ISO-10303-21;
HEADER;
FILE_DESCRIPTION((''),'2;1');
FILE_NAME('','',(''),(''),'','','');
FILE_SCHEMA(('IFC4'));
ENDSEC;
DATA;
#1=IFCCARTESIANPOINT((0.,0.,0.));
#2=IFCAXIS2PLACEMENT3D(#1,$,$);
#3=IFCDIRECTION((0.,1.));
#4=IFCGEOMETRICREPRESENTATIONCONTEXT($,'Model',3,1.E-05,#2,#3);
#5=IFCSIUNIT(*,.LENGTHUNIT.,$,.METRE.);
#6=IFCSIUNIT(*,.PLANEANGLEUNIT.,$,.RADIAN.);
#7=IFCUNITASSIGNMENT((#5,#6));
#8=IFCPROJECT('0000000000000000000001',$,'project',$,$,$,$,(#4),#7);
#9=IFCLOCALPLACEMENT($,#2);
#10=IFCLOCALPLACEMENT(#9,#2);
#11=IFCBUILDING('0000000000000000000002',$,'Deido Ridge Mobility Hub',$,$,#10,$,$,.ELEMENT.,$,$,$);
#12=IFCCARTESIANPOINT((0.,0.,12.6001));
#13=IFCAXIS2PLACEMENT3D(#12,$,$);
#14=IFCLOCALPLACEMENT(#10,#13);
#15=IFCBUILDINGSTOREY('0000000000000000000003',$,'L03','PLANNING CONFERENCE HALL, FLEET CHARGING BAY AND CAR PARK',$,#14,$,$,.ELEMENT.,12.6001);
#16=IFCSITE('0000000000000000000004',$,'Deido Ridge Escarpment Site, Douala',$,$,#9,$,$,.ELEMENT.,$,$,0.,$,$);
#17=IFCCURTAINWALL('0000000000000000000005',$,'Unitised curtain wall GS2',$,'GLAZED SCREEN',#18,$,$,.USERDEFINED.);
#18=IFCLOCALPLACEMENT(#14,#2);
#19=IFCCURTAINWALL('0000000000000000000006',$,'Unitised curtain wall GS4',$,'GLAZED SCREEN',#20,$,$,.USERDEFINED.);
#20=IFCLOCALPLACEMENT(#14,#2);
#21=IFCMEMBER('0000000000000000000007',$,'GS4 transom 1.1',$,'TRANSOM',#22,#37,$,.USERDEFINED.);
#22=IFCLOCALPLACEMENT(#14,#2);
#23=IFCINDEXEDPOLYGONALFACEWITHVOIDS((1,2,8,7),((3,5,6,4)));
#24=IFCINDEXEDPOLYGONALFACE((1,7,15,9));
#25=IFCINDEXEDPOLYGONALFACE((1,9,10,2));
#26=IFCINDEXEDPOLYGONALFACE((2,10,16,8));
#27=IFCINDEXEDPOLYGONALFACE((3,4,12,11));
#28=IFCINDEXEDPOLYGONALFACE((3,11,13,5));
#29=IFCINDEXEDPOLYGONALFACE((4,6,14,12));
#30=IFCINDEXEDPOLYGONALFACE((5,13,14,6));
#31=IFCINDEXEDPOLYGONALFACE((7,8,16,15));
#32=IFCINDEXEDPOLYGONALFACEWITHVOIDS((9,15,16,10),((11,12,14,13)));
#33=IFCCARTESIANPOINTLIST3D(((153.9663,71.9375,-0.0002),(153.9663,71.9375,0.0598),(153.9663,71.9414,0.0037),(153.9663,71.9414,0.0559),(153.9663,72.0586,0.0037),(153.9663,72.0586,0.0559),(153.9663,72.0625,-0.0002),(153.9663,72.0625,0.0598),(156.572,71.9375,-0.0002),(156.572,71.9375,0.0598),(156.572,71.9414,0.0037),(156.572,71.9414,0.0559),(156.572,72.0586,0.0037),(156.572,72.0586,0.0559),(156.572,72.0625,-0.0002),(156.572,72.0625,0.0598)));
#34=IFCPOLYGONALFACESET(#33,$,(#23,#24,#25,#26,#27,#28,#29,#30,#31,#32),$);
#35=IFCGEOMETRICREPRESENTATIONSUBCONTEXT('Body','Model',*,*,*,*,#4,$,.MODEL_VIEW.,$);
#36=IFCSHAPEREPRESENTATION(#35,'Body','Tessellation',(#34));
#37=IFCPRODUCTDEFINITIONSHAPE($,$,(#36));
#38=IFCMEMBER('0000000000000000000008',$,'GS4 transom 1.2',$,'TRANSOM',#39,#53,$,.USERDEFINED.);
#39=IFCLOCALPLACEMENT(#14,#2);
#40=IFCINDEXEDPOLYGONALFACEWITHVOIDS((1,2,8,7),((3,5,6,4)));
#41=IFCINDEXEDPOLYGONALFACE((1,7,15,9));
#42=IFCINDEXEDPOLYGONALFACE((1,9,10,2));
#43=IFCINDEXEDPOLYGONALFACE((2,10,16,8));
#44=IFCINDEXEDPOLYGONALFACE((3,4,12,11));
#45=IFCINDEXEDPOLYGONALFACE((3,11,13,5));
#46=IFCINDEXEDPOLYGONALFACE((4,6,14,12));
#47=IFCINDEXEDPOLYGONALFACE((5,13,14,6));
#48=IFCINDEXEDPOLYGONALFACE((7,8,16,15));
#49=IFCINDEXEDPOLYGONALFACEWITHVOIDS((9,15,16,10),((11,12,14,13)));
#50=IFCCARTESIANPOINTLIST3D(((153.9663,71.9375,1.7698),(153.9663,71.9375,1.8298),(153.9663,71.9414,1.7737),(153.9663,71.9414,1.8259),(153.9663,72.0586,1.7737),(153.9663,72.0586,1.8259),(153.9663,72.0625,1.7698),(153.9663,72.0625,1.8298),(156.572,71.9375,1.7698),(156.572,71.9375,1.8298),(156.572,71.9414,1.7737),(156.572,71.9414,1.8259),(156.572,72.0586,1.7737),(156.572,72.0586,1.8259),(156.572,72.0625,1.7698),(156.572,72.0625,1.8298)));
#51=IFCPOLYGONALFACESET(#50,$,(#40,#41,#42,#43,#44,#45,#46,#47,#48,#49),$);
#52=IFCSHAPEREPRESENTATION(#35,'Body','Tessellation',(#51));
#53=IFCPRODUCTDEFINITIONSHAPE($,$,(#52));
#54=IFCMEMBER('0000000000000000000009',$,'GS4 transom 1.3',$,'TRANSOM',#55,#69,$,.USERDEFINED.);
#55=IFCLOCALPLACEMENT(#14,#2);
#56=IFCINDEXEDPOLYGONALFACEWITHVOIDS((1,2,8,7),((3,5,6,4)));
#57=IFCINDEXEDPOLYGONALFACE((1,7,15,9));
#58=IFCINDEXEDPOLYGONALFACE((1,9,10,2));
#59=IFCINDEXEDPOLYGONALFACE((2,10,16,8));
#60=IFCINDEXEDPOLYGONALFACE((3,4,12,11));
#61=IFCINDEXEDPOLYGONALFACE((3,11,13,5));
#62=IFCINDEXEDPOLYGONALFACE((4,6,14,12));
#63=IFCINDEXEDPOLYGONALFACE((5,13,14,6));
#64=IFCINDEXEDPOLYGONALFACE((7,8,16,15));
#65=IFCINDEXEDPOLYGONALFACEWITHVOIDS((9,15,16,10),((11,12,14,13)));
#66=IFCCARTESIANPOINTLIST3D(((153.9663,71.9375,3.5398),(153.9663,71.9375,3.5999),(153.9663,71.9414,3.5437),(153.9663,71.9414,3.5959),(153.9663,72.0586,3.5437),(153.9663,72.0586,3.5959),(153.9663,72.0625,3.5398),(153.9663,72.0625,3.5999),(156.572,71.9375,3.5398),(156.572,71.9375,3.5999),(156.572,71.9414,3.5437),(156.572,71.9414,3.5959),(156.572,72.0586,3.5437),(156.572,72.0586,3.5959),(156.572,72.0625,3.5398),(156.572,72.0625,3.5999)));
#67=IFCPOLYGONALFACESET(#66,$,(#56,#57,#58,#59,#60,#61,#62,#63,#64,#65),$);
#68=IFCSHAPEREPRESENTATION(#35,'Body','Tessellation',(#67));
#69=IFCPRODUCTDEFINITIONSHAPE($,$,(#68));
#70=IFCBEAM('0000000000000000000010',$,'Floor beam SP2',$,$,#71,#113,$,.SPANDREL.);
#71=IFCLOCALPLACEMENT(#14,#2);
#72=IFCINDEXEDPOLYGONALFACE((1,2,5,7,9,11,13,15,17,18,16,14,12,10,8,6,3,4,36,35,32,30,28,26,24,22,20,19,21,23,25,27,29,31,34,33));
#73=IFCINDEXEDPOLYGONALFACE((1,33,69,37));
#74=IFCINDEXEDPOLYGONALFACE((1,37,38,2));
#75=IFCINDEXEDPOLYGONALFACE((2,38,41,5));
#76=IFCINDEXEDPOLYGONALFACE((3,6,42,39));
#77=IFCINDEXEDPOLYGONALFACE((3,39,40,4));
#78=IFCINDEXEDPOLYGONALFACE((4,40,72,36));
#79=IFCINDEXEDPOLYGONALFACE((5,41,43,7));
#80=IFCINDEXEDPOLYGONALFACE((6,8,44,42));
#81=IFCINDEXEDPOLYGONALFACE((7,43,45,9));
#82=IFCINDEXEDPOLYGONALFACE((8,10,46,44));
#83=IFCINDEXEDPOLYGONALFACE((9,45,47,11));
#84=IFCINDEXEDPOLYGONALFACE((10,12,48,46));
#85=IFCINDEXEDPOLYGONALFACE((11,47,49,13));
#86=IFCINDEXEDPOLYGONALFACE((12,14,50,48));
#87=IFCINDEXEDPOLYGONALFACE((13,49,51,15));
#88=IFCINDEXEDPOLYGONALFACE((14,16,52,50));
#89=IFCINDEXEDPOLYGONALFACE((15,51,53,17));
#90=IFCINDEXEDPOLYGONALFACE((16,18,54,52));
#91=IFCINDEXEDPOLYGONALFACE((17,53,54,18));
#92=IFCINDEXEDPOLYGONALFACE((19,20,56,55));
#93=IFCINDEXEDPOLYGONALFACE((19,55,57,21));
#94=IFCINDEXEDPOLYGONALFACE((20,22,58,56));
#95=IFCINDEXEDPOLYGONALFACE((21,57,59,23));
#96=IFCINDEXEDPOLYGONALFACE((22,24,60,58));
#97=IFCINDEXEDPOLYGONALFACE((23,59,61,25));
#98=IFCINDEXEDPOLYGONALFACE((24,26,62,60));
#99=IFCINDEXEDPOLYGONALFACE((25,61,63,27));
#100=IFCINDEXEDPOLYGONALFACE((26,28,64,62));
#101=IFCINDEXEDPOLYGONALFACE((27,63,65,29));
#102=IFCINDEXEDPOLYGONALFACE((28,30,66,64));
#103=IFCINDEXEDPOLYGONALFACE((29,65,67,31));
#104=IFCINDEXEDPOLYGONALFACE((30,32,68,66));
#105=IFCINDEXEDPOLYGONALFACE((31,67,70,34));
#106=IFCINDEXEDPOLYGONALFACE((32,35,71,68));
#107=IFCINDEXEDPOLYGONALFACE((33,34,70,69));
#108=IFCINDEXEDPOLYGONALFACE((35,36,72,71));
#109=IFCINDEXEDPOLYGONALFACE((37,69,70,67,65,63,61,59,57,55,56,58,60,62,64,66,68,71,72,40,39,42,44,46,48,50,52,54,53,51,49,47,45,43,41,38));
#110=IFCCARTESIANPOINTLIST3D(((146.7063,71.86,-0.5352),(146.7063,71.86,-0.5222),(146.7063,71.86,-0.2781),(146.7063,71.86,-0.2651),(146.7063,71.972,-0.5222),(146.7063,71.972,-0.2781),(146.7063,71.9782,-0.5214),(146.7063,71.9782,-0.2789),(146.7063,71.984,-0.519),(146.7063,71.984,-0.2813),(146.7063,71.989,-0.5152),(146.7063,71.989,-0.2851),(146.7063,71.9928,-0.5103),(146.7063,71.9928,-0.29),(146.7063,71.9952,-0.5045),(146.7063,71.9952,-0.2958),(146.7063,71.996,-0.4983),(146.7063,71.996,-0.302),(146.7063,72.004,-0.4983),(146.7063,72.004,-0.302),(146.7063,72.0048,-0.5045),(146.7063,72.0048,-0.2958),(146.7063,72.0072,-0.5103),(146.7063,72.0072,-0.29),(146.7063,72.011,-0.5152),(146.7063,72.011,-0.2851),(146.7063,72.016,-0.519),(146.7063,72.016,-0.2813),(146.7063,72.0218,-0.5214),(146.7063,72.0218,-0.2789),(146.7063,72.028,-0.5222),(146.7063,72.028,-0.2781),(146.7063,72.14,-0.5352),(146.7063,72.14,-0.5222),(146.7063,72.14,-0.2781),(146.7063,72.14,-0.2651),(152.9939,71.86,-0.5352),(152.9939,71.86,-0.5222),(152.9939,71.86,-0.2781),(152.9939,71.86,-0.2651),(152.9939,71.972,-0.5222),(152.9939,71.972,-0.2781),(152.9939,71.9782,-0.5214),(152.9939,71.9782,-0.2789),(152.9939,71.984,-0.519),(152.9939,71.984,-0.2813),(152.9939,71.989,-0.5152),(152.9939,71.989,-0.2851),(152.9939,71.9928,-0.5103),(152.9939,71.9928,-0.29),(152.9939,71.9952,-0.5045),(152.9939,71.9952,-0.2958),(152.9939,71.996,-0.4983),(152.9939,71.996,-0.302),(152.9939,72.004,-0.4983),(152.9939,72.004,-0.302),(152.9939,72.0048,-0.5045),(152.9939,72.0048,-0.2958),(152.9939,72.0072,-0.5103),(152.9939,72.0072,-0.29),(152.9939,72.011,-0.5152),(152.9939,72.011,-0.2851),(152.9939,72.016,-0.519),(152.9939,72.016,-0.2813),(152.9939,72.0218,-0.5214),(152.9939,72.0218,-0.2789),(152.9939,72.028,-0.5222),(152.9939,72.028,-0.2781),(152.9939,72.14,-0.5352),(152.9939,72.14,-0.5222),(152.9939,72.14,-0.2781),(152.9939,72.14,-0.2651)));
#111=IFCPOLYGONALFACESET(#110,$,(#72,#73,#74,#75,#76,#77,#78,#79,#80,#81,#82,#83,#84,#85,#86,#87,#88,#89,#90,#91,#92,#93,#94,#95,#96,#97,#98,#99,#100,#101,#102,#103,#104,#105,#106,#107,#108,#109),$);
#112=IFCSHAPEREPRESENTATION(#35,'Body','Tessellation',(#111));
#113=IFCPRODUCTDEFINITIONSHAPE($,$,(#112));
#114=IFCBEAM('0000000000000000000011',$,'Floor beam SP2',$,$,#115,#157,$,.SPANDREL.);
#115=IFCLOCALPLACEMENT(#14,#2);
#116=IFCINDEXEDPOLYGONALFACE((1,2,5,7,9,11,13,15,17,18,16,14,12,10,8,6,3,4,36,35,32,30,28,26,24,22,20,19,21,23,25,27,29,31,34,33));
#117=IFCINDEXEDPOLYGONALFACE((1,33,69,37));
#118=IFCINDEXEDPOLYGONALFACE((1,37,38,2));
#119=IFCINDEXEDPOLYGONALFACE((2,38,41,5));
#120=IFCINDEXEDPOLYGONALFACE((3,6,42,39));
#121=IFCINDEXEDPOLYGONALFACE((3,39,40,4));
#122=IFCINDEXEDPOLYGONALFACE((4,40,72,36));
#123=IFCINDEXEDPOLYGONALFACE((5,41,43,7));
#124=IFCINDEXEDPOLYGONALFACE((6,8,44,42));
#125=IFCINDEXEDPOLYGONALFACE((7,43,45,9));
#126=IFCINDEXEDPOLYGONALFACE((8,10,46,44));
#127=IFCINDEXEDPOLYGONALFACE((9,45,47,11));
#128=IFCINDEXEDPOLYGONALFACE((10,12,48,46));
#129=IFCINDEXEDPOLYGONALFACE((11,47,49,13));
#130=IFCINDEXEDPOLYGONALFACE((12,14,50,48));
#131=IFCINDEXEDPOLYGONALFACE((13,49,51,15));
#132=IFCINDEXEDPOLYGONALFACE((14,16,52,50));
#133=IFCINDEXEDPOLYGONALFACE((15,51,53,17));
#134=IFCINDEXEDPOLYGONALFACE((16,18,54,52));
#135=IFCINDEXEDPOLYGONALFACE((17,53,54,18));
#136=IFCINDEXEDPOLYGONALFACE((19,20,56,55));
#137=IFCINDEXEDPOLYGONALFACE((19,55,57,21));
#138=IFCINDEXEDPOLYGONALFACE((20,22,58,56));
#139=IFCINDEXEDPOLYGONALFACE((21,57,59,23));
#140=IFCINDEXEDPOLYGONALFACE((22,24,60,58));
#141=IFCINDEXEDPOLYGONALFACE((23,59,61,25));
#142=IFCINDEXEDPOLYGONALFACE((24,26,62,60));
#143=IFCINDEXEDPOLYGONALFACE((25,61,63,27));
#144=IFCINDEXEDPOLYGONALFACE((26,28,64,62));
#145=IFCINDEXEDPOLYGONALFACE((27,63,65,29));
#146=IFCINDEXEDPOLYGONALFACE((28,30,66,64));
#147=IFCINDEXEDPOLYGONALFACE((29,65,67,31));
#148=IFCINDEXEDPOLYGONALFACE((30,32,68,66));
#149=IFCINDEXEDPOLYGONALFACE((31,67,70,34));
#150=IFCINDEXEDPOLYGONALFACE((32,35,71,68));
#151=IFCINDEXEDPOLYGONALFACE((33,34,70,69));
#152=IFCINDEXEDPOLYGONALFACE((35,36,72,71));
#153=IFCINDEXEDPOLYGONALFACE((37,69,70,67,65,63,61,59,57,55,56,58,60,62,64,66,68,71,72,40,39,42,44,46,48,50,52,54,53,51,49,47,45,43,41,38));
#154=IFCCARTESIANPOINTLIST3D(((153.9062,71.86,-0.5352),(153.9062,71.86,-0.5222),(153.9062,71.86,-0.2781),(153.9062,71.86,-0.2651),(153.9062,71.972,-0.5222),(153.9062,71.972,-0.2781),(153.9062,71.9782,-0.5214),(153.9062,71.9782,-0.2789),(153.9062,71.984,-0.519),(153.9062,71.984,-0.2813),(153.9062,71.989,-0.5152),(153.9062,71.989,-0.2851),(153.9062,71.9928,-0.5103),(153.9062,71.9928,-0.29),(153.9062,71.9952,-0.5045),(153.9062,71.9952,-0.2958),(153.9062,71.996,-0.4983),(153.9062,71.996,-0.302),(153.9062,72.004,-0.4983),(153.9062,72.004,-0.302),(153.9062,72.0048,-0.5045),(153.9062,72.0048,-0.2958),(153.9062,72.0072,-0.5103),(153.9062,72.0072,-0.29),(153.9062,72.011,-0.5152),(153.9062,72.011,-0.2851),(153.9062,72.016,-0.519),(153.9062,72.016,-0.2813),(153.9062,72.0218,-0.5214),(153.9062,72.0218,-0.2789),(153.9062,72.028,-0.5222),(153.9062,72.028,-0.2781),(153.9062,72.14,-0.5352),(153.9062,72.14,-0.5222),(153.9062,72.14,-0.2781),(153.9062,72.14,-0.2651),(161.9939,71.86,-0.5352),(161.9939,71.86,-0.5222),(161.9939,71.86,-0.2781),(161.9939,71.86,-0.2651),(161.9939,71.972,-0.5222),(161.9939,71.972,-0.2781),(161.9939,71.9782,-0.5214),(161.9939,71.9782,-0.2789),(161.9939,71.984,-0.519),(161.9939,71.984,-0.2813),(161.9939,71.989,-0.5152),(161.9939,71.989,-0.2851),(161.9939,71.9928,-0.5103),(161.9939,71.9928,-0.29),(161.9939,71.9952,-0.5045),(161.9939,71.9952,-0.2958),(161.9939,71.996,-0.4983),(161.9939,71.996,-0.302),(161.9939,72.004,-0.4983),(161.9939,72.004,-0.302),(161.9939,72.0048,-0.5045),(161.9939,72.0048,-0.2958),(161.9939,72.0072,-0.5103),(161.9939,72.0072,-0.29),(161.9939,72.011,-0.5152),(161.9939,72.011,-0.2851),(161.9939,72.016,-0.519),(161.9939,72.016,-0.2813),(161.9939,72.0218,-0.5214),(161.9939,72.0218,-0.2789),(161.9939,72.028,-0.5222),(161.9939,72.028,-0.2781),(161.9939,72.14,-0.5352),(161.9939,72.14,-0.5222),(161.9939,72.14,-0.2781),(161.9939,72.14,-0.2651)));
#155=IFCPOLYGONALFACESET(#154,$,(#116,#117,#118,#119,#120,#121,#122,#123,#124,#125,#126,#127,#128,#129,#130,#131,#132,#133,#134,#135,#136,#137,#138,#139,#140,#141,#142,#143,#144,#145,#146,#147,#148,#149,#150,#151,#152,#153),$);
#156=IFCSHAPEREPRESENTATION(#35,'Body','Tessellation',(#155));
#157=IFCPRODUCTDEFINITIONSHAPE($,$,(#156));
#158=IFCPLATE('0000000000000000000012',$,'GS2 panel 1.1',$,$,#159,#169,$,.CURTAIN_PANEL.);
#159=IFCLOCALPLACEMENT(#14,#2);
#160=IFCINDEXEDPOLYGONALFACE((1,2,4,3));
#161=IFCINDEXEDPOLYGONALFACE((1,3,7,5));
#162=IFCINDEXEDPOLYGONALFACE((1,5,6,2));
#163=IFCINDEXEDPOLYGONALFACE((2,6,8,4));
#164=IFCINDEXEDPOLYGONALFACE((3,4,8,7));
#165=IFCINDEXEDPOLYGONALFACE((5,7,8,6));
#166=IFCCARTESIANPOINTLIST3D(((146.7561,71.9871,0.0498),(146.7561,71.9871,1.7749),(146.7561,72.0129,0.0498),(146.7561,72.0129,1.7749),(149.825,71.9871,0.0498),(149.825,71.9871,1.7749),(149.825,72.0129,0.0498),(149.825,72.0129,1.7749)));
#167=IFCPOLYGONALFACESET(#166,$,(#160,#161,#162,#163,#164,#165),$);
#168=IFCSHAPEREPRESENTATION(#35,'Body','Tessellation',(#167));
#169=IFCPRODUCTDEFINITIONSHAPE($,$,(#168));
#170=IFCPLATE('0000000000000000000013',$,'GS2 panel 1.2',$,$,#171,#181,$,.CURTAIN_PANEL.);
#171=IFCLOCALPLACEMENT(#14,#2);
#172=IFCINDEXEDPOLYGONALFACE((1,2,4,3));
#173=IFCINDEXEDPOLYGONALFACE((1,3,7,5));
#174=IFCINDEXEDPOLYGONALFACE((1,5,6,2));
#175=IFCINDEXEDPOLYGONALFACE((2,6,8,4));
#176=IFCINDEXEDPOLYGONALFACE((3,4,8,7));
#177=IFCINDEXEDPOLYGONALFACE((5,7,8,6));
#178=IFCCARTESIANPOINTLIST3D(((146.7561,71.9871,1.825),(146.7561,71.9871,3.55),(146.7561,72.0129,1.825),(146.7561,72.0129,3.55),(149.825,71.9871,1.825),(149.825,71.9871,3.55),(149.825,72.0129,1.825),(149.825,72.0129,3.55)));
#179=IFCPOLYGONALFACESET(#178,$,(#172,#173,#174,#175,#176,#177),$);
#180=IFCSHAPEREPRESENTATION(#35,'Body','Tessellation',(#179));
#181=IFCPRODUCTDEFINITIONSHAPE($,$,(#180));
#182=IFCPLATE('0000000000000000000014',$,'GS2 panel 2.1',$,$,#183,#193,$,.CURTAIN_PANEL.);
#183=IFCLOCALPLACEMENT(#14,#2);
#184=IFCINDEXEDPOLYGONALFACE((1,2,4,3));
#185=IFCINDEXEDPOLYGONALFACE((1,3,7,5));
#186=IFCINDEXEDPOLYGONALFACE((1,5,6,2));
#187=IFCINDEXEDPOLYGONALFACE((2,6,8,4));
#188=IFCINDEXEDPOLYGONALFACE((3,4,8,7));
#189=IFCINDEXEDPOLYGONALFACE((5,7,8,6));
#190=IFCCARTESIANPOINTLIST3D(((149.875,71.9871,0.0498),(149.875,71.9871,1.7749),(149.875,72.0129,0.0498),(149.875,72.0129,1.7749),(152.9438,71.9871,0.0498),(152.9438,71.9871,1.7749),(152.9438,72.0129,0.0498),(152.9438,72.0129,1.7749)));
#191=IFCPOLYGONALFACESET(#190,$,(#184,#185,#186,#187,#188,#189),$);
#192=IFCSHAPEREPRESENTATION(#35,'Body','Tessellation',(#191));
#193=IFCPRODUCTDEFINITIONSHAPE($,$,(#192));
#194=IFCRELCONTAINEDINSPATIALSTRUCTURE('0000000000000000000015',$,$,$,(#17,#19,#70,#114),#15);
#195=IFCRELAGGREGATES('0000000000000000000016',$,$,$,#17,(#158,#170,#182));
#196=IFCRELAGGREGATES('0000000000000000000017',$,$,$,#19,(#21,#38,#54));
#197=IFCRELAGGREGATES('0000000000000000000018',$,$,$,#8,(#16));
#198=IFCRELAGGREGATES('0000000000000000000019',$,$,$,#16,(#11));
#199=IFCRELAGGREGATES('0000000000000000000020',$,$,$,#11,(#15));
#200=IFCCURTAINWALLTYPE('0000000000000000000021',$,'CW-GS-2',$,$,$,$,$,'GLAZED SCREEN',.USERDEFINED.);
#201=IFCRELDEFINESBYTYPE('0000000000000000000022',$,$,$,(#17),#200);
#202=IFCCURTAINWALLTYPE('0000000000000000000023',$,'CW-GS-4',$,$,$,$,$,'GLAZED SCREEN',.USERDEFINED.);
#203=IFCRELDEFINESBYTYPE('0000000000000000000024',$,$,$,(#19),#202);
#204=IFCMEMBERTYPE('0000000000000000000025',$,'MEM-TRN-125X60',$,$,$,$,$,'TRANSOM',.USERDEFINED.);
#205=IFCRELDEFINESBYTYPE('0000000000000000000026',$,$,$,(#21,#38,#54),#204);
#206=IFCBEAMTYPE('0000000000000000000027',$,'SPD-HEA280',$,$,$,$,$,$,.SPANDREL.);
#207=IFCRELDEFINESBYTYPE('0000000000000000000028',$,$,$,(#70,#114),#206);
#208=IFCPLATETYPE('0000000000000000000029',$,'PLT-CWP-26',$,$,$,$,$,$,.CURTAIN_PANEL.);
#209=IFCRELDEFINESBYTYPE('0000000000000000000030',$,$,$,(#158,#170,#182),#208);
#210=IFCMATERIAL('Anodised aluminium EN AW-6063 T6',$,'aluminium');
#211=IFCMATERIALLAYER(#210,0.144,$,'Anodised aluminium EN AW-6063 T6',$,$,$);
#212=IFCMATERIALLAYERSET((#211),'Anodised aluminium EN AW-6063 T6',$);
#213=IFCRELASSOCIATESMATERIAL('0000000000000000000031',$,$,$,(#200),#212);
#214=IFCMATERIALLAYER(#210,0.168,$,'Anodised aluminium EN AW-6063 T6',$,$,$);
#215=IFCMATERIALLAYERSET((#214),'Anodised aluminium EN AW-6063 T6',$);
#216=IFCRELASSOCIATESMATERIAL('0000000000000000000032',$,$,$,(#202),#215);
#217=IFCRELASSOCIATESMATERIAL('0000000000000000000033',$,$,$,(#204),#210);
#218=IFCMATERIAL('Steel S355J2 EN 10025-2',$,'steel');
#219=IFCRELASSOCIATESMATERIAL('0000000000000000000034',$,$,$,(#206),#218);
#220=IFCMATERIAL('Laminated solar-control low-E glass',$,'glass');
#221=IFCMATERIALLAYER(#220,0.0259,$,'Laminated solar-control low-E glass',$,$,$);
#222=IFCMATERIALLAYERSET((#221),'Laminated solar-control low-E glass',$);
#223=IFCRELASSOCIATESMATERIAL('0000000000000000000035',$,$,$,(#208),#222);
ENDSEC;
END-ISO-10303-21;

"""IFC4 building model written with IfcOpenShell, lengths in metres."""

from ifc_helpers import new_model, si_unit, direction, frame, origin, origin_2d, place, context, subcontext, project, spatial, rectangle, hollow_rectangle, i_section, extrude, material, layer, layer_set, material_profile, profile_set, type_object, element, aggregate, save


model = new_model("IFC4")

# Units and contexts
model_context = context("Model", 3, precision=1e-05, world=origin(), true_north=direction((0.0, 1.0)))
body_context = subcontext(model_context, "Body", "Model", "MODEL_VIEW")
ifc_project = project(units=[si_unit("LENGTHUNIT", "METRE"), si_unit("PLANEANGLEUNIT", "RADIAN")], contexts=[model_context])

# Site, building, storey
site_placement = place(None, origin())
site = spatial("IfcSite", under=ifc_project, at=site_placement, Name="Deido Ridge Escarpment Site, Douala", CompositionType="ELEMENT", RefElevation=0.0)
building_placement = place(site_placement, origin())
building = spatial("IfcBuilding", under=site, at=building_placement, Name="Deido Ridge Mobility Hub", CompositionType="ELEMENT")
storey_placement = place(building_placement, frame((0.0, 0.0, 12.6001)))
storey = spatial("IfcBuildingStorey", under=building, at=storey_placement, Name="L03", Description="PLANNING CONFERENCE HALL, FLEET CHARGING BAY AND CAR PARK", CompositionType="ELEMENT", Elevation=12.6001)

# Shared definitions
ifc_material_1 = material(Name="Steel S355J2 EN 10025-2", Category="steel")

# Curtain wall
ifc_material_2 = material(Name="Anodised aluminium EN AW-6063 T6", Category="aluminium")
ifc_layer_1 = layer(ifc_material_2, 0.144, Name="Anodised aluminium EN AW-6063 T6")
ifc_layer_set_1 = layer_set([ifc_layer_1], Name="Anodised aluminium EN AW-6063 T6")
curtain_wall_type_1 = type_object("IfcCurtainWallType", Name="CW-GS-2", ElementType="GLAZED SCREEN", PredefinedType="USERDEFINED", material=ifc_layer_set_1)
curtain_wall_1_placement = place(storey_placement, origin())
curtain_wall_1 = element("IfcCurtainWall", 1, at=curtain_wall_1_placement, inside=storey, type_object=curtain_wall_type_1, Name="Unitised curtain wall GS2", ObjectType="GLAZED SCREEN", PredefinedType="USERDEFINED")

# Curtain wall
ifc_layer_2 = layer(ifc_material_2, 0.168, Name="Anodised aluminium EN AW-6063 T6")
ifc_layer_set_2 = layer_set([ifc_layer_2], Name="Anodised aluminium EN AW-6063 T6")
curtain_wall_type_2 = type_object("IfcCurtainWallType", Name="CW-GS-4", ElementType="GLAZED SCREEN", PredefinedType="USERDEFINED", material=ifc_layer_set_2)
curtain_wall_2_placement = place(storey_placement, origin())
curtain_wall_2 = element("IfcCurtainWall", 2, at=curtain_wall_2_placement, inside=storey, type_object=curtain_wall_type_2, Name="Unitised curtain wall GS4", ObjectType="GLAZED SCREEN", PredefinedType="USERDEFINED")

# Members
ifc_material_profile_1 = material_profile(ifc_material_2, hollow_rectangle(XDim=0.125, YDim=0.0601, WallThickness=0.0039, at=origin_2d()), Name="RHS 125x60x4")
ifc_profile_set_1 = profile_set([ifc_material_profile_1], Name="Anodised aluminium EN AW-6063 T6")
member_type_1 = type_object("IfcMemberType", Name="MEM-TRN-125X60", ElementType="TRANSOM", PredefinedType="USERDEFINED", material=ifc_profile_set_1)
member_1_placement = place(storey_placement, frame((153.9663, 72.0, 0.0298), z_axis=(1.0, 0.0, 0.0), x_axis=(0.0, 1.0, 0.0)))
member_1 = element("IfcMember", 3, at=member_1_placement, type_object=member_type_1, Name="GS4 transom 1.1", ObjectType="TRANSOM", PredefinedType="USERDEFINED", context=body_context, shape_type="SweptSolid", body=[
    extrude(hollow_rectangle(XDim=0.125, YDim=0.0601, WallThickness=0.0039, at=origin_2d()), origin(), (0.0, 0.0, 1.0), 2.6057),
])
member_2_placement = place(storey_placement, frame((153.9663, 72.0, 1.7998), z_axis=(1.0, 0.0, 0.0), x_axis=(0.0, 1.0, 0.0)))
member_2 = element("IfcMember", 4, at=member_2_placement, type_object=member_type_1, Name="GS4 transom 1.2", ObjectType="TRANSOM", PredefinedType="USERDEFINED", context=body_context, shape_type="SweptSolid", body=[
    extrude(hollow_rectangle(XDim=0.125, YDim=0.0601, WallThickness=0.0039, at=origin_2d()), origin(), (0.0, 0.0, 1.0), 2.6057),
])
member_3_placement = place(storey_placement, frame((153.9663, 72.0, 3.5698), z_axis=(1.0, 0.0, 0.0), x_axis=(0.0, 1.0, 0.0)))
member_3 = element("IfcMember", 5, at=member_3_placement, type_object=member_type_1, Name="GS4 transom 1.3", ObjectType="TRANSOM", PredefinedType="USERDEFINED", context=body_context, shape_type="SweptSolid", body=[
    extrude(hollow_rectangle(XDim=0.125, YDim=0.0601, WallThickness=0.0039, at=origin_2d()), origin(), (0.0, 0.0, 1.0), 2.6057),
])

# Beams
ifc_material_profile_2 = material_profile(ifc_material_1, i_section(OverallWidth=0.28, OverallDepth=0.27, WebThickness=0.0081, FlangeThickness=0.0129, FilletRadius=0.0239, at=origin_2d()), Name="HEA 280")
ifc_profile_set_2 = profile_set([ifc_material_profile_2], Name="Steel S355J2 EN 10025-2")
beam_type_1 = type_object("IfcBeamType", Name="SPD-HEA280", PredefinedType="SPANDREL", material=ifc_profile_set_2)
beam_1_placement = place(storey_placement, frame((146.7063, 72.0, -0.4001), z_axis=(1.0, 0.0, 0.0), x_axis=(0.0, 1.0, 0.0)))
element("IfcBeam", 6, at=beam_1_placement, inside=storey, type_object=beam_type_1, Name="Floor beam SP2", PredefinedType="SPANDREL", context=body_context, shape_type="SweptSolid", body=[
    extrude(i_section(OverallWidth=0.28, OverallDepth=0.27, WebThickness=0.0081, FlangeThickness=0.0129, FilletRadius=0.0239, at=origin_2d()), origin(), (0.0, 0.0, 1.0), 6.2876),
])
beam_2_placement = place(storey_placement, frame((153.9062, 72.0, -0.4001), z_axis=(1.0, 0.0, 0.0), x_axis=(0.0, 1.0, 0.0)))
element("IfcBeam", 7, at=beam_2_placement, inside=storey, type_object=beam_type_1, Name="Floor beam SP2", PredefinedType="SPANDREL", context=body_context, shape_type="SweptSolid", body=[
    extrude(i_section(OverallWidth=0.28, OverallDepth=0.27, WebThickness=0.0081, FlangeThickness=0.0129, FilletRadius=0.0239, at=origin_2d()), origin(), (0.0, 0.0, 1.0), 8.0876),
])

# Plates
ifc_material_3 = material(Name="Laminated solar-control low-E glass", Category="glass")
ifc_layer_3 = layer(ifc_material_3, 0.0259, Name="Laminated solar-control low-E glass")
ifc_layer_set_3 = layer_set([ifc_layer_3], Name="Laminated solar-control low-E glass")
plate_type_1 = type_object("IfcPlateType", Name="PLT-CWP-26", PredefinedType="CURTAIN_PANEL", material=ifc_layer_set_3)
plate_1_placement = place(storey_placement, frame((148.2905, 72.0, 0.0498), z_axis=(0.0, 0.0, 1.0), x_axis=(1.0, 0.0, 0.0)))
plate_1 = element("IfcPlate", 8, at=plate_1_placement, type_object=plate_type_1, Name="GS2 panel 1.1", PredefinedType="CURTAIN_PANEL", context=body_context, shape_type="SweptSolid", body=[
    extrude(rectangle(XDim=3.0688, YDim=0.0259, at=origin_2d()), origin(), (0.0, 0.0, 1.0), 1.7251),
])
plate_2_placement = place(storey_placement, frame((148.2905, 72.0, 1.825), z_axis=(0.0, 0.0, 1.0), x_axis=(1.0, 0.0, 0.0)))
plate_2 = element("IfcPlate", 9, at=plate_2_placement, type_object=plate_type_1, Name="GS2 panel 1.2", PredefinedType="CURTAIN_PANEL", context=body_context, shape_type="SweptSolid", body=[
    extrude(rectangle(XDim=3.0688, YDim=0.0259, at=origin_2d()), origin(), (0.0, 0.0, 1.0), 1.7251),
])
plate_3_placement = place(storey_placement, frame((151.4094, 72.0, 0.0498), z_axis=(0.0, 0.0, 1.0), x_axis=(1.0, 0.0, 0.0)))
plate_3 = element("IfcPlate", 10, at=plate_3_placement, type_object=plate_type_1, Name="GS2 panel 2.1", PredefinedType="CURTAIN_PANEL", context=body_context, shape_type="SweptSolid", body=[
    extrude(rectangle(XDim=3.0688, YDim=0.0259, at=origin_2d()), origin(), (0.0, 0.0, 1.0), 1.7251),
])
aggregate(curtain_wall_1, [plate_1, plate_2, plate_3])
aggregate(curtain_wall_2, [member_1, member_2, member_3])

save(model, "model.ifc")
